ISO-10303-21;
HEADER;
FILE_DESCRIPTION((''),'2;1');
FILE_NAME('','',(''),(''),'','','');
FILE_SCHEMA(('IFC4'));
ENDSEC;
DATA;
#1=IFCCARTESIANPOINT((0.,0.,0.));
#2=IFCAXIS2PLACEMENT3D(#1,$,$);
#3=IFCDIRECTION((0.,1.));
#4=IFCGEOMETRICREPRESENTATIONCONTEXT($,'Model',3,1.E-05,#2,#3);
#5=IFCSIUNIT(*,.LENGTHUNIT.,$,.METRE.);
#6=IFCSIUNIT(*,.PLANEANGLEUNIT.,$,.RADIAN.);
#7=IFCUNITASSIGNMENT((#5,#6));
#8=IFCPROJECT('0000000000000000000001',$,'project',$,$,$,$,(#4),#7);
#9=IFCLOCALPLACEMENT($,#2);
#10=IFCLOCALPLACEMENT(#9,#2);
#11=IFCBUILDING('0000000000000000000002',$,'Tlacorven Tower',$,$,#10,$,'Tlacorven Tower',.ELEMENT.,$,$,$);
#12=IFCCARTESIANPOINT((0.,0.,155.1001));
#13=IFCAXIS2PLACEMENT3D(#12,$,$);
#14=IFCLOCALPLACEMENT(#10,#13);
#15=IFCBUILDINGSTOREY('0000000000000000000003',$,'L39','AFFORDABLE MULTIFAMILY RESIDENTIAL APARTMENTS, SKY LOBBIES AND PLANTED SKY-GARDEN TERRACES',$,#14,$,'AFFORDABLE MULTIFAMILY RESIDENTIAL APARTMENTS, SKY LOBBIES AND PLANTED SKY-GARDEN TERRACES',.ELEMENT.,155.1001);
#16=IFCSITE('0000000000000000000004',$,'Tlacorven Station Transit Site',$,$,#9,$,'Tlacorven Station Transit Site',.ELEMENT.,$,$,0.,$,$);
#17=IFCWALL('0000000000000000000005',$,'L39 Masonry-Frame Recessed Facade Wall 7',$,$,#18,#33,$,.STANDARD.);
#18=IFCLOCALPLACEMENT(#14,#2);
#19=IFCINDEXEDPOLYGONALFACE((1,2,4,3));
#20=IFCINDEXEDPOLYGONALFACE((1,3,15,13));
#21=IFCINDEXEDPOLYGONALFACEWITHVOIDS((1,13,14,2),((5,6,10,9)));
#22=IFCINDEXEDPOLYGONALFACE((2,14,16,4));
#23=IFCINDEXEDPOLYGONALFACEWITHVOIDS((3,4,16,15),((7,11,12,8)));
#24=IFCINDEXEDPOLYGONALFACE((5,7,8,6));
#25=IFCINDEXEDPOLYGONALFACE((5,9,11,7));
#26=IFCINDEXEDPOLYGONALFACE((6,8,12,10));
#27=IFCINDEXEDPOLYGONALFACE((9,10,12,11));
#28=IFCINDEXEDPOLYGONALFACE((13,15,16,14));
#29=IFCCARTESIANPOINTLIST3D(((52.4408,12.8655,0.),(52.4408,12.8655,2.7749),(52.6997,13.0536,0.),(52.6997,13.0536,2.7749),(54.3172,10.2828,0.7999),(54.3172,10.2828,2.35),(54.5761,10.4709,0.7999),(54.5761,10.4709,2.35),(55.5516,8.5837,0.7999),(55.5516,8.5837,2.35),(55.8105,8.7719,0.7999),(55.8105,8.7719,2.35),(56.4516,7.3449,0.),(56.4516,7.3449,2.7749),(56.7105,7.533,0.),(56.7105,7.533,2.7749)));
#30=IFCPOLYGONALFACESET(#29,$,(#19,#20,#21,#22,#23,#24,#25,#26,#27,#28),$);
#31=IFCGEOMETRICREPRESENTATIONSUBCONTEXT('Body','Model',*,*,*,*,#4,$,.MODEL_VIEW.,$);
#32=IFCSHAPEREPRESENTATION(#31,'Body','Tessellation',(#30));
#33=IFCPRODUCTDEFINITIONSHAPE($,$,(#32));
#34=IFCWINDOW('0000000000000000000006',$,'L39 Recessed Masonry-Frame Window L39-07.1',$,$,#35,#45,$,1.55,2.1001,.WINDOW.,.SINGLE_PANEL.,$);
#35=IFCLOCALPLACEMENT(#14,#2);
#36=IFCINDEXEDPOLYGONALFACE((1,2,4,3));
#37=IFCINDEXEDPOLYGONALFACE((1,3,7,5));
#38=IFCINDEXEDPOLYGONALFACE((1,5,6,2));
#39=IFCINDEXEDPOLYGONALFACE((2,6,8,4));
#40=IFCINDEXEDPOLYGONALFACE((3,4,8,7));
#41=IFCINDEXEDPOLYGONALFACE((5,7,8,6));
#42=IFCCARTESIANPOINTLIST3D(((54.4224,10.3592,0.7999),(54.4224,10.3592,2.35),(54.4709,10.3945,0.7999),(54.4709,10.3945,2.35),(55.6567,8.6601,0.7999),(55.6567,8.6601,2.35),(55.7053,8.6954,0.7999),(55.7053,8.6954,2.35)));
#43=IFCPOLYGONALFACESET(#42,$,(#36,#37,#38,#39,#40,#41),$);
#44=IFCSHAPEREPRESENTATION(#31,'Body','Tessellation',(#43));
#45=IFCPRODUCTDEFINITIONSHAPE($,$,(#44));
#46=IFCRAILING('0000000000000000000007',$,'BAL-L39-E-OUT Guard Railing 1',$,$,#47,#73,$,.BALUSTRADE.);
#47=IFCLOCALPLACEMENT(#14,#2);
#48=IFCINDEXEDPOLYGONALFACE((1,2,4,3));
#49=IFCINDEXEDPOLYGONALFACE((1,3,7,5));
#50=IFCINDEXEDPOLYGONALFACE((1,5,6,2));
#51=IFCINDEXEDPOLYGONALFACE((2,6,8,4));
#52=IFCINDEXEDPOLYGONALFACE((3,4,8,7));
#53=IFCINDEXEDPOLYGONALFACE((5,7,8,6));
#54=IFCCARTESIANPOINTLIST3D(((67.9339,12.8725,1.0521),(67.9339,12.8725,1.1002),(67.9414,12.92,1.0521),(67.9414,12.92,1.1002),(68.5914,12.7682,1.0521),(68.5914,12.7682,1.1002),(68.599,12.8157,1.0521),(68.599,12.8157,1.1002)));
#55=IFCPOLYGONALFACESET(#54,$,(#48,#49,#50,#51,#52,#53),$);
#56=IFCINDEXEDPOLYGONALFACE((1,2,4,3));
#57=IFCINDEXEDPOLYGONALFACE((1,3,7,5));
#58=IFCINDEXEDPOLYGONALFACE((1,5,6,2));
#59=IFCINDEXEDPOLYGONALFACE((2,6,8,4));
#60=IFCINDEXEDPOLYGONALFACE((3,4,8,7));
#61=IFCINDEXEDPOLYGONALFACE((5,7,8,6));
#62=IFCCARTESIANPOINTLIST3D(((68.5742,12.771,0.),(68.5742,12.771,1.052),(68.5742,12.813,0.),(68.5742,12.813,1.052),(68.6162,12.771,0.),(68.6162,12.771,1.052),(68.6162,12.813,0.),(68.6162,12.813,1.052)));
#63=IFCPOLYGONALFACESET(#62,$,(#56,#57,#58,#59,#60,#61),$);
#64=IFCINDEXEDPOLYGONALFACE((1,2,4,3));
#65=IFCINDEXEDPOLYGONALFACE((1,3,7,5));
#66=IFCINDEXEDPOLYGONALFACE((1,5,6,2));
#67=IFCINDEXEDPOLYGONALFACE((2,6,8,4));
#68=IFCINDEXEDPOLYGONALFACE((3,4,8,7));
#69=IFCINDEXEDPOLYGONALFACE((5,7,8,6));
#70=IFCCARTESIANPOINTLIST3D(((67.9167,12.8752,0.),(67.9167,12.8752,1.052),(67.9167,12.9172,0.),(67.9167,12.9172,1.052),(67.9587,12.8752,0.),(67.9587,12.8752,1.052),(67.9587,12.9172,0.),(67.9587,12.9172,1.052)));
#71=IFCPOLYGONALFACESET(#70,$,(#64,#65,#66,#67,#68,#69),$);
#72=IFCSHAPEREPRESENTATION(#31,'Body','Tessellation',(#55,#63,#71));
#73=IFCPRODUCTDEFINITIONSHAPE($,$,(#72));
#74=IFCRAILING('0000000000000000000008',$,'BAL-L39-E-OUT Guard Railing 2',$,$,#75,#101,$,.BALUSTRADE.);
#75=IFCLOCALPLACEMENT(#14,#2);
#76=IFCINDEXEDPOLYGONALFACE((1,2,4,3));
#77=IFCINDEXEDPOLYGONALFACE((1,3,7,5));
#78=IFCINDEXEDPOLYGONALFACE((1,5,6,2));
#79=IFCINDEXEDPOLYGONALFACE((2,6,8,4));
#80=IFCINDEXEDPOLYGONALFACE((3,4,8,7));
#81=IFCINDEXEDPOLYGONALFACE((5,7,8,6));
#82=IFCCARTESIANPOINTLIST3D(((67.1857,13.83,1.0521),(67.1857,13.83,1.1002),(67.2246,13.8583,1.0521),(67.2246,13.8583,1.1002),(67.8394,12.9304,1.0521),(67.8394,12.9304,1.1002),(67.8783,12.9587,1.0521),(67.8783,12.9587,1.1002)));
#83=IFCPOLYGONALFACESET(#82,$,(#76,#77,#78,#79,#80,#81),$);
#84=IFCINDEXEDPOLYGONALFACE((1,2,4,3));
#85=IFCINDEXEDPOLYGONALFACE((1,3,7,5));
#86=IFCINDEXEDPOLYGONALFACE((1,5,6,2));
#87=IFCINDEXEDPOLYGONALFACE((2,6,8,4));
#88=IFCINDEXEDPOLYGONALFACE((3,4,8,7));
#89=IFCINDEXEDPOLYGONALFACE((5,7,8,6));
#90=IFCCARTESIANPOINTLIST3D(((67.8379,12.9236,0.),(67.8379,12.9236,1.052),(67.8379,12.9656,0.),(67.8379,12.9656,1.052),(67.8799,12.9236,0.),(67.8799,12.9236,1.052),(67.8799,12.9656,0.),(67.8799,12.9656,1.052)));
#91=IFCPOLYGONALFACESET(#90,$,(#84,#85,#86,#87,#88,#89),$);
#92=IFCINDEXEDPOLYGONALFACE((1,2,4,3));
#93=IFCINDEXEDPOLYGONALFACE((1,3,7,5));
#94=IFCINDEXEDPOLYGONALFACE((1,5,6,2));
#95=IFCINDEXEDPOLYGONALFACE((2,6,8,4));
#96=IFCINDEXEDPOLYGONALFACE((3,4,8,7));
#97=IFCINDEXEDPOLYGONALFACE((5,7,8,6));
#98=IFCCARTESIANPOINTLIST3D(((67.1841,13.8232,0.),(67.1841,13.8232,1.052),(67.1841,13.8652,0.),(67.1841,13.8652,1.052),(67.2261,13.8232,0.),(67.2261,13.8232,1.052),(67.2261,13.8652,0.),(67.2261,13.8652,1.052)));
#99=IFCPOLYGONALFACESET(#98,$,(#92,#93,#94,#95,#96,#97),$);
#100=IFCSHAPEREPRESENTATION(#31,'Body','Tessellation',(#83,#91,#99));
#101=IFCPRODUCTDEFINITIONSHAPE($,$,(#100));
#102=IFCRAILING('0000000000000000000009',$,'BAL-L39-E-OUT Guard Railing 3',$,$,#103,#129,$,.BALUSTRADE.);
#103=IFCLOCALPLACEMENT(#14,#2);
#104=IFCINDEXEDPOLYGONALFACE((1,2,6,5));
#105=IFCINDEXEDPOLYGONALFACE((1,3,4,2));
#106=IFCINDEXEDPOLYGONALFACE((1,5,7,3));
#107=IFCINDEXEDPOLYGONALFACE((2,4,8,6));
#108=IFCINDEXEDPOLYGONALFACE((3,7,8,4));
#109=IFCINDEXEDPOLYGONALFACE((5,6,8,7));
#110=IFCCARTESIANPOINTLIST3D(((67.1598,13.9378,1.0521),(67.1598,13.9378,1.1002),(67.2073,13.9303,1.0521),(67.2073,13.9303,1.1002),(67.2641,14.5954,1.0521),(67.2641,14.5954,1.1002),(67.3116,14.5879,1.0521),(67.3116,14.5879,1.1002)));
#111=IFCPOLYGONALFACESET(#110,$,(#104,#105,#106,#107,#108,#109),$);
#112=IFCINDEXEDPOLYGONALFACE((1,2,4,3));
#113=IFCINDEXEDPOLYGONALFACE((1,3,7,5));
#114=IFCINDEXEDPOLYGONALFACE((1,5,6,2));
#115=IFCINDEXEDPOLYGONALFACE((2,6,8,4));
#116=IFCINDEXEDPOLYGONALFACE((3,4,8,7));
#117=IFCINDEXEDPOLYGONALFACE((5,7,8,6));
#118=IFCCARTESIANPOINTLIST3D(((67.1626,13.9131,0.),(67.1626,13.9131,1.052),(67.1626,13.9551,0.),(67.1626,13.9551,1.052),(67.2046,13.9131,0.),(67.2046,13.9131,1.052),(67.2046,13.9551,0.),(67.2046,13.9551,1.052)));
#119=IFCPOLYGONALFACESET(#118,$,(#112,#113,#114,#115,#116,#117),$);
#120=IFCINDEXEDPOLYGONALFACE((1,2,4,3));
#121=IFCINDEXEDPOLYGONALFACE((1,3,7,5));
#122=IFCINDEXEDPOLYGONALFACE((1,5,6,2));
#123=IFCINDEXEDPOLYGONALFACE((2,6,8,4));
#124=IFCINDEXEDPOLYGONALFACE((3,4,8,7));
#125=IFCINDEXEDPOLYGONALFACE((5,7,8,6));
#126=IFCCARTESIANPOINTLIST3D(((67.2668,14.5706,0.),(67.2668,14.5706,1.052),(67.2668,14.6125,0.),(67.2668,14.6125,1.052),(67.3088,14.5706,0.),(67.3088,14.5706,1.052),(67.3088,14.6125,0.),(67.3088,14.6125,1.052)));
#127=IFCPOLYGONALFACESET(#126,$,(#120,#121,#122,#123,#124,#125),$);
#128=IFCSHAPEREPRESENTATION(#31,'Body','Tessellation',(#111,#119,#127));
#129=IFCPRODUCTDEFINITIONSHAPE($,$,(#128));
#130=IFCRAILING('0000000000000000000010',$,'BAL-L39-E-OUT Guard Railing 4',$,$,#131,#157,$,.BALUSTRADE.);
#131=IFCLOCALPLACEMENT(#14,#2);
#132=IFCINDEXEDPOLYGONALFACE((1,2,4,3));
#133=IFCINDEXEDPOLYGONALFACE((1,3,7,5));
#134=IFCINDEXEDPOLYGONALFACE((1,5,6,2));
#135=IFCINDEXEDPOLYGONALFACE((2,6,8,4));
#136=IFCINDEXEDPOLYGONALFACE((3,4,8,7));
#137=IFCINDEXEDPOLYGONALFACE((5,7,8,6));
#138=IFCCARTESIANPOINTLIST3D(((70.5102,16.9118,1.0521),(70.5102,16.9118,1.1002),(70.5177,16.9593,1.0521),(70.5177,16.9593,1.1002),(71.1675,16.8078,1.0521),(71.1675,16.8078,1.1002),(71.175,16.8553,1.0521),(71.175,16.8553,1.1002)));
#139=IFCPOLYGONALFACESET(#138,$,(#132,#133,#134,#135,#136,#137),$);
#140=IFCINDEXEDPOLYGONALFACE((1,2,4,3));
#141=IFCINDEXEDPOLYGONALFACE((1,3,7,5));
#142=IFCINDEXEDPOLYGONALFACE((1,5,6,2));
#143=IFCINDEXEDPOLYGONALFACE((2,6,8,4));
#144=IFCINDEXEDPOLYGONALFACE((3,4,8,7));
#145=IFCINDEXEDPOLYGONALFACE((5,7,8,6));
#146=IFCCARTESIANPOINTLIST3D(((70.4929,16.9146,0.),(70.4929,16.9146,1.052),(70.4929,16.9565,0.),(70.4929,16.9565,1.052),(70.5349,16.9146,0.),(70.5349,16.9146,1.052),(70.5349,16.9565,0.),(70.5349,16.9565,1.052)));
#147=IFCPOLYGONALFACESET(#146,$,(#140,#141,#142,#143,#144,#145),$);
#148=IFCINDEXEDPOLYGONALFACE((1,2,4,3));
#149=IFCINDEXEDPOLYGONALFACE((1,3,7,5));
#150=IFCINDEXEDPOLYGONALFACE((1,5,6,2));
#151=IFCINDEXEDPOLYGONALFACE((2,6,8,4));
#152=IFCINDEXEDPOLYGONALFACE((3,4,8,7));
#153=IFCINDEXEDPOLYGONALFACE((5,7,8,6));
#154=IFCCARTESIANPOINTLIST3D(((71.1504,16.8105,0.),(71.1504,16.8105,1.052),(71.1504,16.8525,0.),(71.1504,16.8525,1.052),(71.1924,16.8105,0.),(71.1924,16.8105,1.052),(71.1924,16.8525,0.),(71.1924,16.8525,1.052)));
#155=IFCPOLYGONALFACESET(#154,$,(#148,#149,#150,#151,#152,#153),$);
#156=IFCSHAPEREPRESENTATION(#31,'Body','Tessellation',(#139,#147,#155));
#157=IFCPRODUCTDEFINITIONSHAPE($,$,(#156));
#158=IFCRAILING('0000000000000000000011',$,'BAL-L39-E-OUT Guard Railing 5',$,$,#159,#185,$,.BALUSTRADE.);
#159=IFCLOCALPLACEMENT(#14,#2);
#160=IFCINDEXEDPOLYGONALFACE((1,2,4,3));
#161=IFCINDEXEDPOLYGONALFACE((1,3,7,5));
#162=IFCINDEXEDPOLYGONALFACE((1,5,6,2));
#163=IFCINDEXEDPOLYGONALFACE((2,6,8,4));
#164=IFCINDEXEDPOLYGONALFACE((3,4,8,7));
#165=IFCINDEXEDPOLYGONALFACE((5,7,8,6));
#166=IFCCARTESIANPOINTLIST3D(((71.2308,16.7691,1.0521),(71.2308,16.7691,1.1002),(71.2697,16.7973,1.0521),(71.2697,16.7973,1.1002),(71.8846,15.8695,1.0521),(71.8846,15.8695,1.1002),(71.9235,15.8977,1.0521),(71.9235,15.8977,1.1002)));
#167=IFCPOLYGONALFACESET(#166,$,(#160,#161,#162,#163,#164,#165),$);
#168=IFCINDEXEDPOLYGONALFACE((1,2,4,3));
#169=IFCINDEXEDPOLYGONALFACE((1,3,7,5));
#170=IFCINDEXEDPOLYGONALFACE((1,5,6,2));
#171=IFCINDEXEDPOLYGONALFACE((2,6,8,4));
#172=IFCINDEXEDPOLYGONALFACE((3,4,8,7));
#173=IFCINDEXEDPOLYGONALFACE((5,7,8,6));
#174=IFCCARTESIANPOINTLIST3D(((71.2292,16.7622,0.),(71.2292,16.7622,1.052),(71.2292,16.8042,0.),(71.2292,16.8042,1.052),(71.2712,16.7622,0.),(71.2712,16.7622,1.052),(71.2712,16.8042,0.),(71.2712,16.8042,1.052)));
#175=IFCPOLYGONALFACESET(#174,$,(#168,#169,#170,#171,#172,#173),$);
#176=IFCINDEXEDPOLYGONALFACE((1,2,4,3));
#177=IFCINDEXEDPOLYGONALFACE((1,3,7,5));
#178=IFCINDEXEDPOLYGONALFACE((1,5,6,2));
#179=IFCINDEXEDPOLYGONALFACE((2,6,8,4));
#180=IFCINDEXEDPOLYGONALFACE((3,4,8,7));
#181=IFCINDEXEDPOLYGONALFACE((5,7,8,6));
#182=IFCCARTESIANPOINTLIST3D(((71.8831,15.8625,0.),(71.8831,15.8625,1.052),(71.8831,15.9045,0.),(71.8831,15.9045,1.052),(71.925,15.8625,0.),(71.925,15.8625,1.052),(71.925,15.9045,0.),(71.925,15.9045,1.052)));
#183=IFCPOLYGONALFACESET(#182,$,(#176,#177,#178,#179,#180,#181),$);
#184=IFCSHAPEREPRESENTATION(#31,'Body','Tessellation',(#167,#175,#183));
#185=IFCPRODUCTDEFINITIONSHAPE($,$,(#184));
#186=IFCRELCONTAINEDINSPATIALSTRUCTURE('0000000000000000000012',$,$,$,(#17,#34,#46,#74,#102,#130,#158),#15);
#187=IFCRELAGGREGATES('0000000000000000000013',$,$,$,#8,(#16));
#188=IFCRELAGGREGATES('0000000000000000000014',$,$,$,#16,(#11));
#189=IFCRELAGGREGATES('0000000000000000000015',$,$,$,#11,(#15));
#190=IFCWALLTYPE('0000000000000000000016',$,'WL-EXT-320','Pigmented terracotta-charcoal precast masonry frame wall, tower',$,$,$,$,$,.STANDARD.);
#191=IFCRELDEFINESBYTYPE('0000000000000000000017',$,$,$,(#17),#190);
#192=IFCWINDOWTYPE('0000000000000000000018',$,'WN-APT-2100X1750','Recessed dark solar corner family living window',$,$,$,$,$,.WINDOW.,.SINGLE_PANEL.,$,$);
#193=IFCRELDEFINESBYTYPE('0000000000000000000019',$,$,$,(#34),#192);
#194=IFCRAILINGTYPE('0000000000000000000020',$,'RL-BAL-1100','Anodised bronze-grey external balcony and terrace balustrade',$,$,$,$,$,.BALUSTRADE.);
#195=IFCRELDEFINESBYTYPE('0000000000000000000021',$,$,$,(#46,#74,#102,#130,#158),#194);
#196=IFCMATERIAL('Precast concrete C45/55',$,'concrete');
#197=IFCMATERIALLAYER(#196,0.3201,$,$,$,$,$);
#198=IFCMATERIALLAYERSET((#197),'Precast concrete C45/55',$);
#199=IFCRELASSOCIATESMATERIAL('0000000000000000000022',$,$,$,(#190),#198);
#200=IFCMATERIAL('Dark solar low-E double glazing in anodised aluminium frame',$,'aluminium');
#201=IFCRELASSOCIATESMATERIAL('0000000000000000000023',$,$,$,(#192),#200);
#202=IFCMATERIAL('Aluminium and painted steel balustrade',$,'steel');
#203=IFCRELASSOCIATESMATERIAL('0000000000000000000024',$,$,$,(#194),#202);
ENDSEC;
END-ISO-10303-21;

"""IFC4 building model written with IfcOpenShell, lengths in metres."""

from ifc_helpers import new_model, si_unit, direction, frame, frame_2d, origin, origin_2d, place, context, subcontext, project, spatial, rectangle, extrude, source, transform, mapped, material, layer, layer_set, type_object, element, fill, save


model = new_model("IFC4")

# Units and contexts
model_context = context("Model", 3, precision=1e-05, world=origin(), true_north=direction((0.0, 1.0)))
body_context = subcontext(model_context, "Body", "Model", "MODEL_VIEW")
ifc_project = project(units=[si_unit("LENGTHUNIT", "METRE"), si_unit("PLANEANGLEUNIT", "RADIAN")], contexts=[model_context])

# Site, building, storey
site_placement = place(None, origin())
site = spatial("IfcSite", under=ifc_project, at=site_placement, Name="Tlacorven Station Transit Site", LongName="Tlacorven Station Transit Site", CompositionType="ELEMENT", RefElevation=0.0)
building_placement = place(site_placement, origin())
building = spatial("IfcBuilding", under=site, at=building_placement, Name="Tlacorven Tower", LongName="Tlacorven Tower", CompositionType="ELEMENT")
storey_placement = place(building_placement, frame((0.0, 0.0, 155.1001)))
storey = spatial("IfcBuildingStorey", under=building, at=storey_placement, Name="L39", Description="AFFORDABLE MULTIFAMILY RESIDENTIAL APARTMENTS, SKY LOBBIES AND PLANTED SKY-GARDEN TERRACES", LongName="AFFORDABLE MULTIFAMILY RESIDENTIAL APARTMENTS, SKY LOBBIES AND PLANTED SKY-GARDEN TERRACES", CompositionType="ELEMENT", Elevation=155.1001)

# Shared definitions
ifc_material_1 = material(Name="Precast concrete C45/55", Category="concrete")
ifc_layer_1 = layer(ifc_material_1, 0.3201)
ifc_layer_set_1 = layer_set([ifc_layer_1], Name="Precast concrete C45/55")
wall_type_1 = type_object("IfcWallType", Name="WL-EXT-320", Description="Pigmented terracotta-charcoal precast masonry frame wall, tower", PredefinedType="STANDARD", material=ifc_layer_set_1)
ifc_material_2 = material(Name="Dark solar low-E double glazing in anodised aluminium frame", Category="aluminium")

# Wall, opening, window
wall_1_placement = place(storey_placement, frame((56.5811, 7.439, 0.0), z_axis=(0.0, 0.0, 1.0), x_axis=(-0.587772, 0.809027, 0.0)))
wall_1 = element("IfcWall", 1, at=wall_1_placement, inside=storey, type_object=wall_type_1, Name="L39 Masonry-Frame Recessed Facade Wall 7", PredefinedType="STANDARD", context=body_context, shape_type="SweptSolid", body=[
    extrude(rectangle(XDim=6.8237, YDim=0.3201, at=frame_2d((3.4119, 0.0))), origin(), (0.0, 0.0, 1.0), 2.7749),
])
opening_1_placement = place(wall_1_placement, frame((1.5312, 0.0, 0.8)))
opening_1 = element("IfcOpeningElement", 2, at=opening_1_placement, cuts=wall_1, PredefinedType="OPENING", context=body_context, shape_type="SweptSolid", body=[
    extrude(rectangle(XDim=2.1001, YDim=1.55, at=frame_2d((1.05, 0.7749))), frame((0.0, 0.1699, 0.0), z_axis=(0.0, -1.0, 0.0), x_axis=(1.0, 0.0, 0.0)), (0.0, 0.0, 1.0), 0.3401),
])
window_type_1 = type_object("IfcWindowType", Name="WN-APT-2100X1750", Description="Recessed dark solar corner family living window", PartitioningType="SINGLE_PANEL", PredefinedType="WINDOW", material=ifc_material_2)
shared_shape_1 = source(origin(), body_context, "Body", "SweptSolid", [
    extrude(rectangle(XDim=2.1001, YDim=1.55, at=frame_2d((1.05, 0.7749))), frame((0.0, 0.03, 0.0), z_axis=(0.0, -1.0, 0.0), x_axis=(1.0, 0.0, 0.0)), (0.0, 0.0, 1.0), 0.0601),
])
window_1_placement = place(opening_1_placement, origin())
window_1 = element("IfcWindow", 3, at=window_1_placement, inside=storey, type_object=window_type_1, Name="L39 Recessed Masonry-Frame Window L39-07.1", OverallHeight=1.55, OverallWidth=2.1001, PartitioningType="SINGLE_PANEL", PredefinedType="WINDOW", context=body_context, shape_type="MappedRepresentation", body=[
    mapped(shared_shape_1, transform((0.0, 0.0, 0.0), scale=1.0)),
])
fill(opening_1, window_1)

# Railings
ifc_material_3 = material(Name="Aluminium and painted steel balustrade", Category="steel")
railing_type_1 = type_object("IfcRailingType", Name="RL-BAL-1100", Description="Anodised bronze-grey external balcony and terrace balustrade", PredefinedType="BALUSTRADE", material=ifc_material_3)
shared_shape_2 = source(origin(), body_context, "Body", "SweptSolid", [
    extrude(rectangle(XDim=0.0481, YDim=0.0481, at=origin_2d()), frame((0.0, 0.0, 1.0762), z_axis=(-0.987662, 0.156603, 0.0), x_axis=(-0.156603, -0.987662, 0.0)), (0.0, 0.0, 1.0), 0.6658),
    extrude(rectangle(XDim=0.042, YDim=0.042, at=origin_2d()), origin(), (0.0, 0.0, 1.0), 1.052),
    extrude(rectangle(XDim=0.042, YDim=0.042, at=origin_2d()), frame((-0.6575, 0.1042, 0.0)), (0.0, 0.0, 1.0), 1.052),
])
railing_1_placement = place(storey_placement, frame((68.5952, 12.792, 0.0)))
element("IfcRailing", 4, at=railing_1_placement, inside=storey, type_object=railing_type_1, Name="BAL-L39-E-OUT Guard Railing 1", PredefinedType="BALUSTRADE", context=body_context, shape_type="MappedRepresentation", body=[
    mapped(shared_shape_2, transform((0.0, 0.0, 0.0), scale=1.0)),
])
shared_shape_3 = source(origin(), body_context, "Body", "SweptSolid", [
    extrude(rectangle(XDim=0.0481, YDim=0.0481, at=origin_2d()), frame((0.0, 0.0, 1.0762), z_axis=(-0.587884, 0.808945, 0.0), x_axis=(-0.808945, -0.587884, 0.0)), (0.0, 0.0, 1.0), 1.1121),
    extrude(rectangle(XDim=0.042, YDim=0.042, at=origin_2d()), origin(), (0.0, 0.0, 1.0), 1.052),
    extrude(rectangle(XDim=0.042, YDim=0.042, at=origin_2d()), frame((-0.6538, 0.8997, 0.0)), (0.0, 0.0, 1.0), 1.052),
])
railing_2_placement = place(storey_placement, frame((67.8589, 12.9446, 0.0)))
element("IfcRailing", 5, at=railing_2_placement, inside=storey, type_object=railing_type_1, Name="BAL-L39-E-OUT Guard Railing 2", PredefinedType="BALUSTRADE", context=body_context, shape_type="MappedRepresentation", body=[
    mapped(shared_shape_3, transform((0.0, 0.0, 0.0), scale=1.0)),
])
shared_shape_4 = source(origin(), body_context, "Body", "SweptSolid", [
    extrude(rectangle(XDim=0.0481, YDim=0.0481, at=origin_2d()), frame((0.0, 0.0, 1.0762), z_axis=(0.156603, 0.987662, 0.0), x_axis=(-0.987662, 0.156603, 0.0)), (0.0, 0.0, 1.0), 0.6658),
    extrude(rectangle(XDim=0.042, YDim=0.042, at=origin_2d()), origin(), (0.0, 0.0, 1.0), 1.052),
    extrude(rectangle(XDim=0.042, YDim=0.042, at=origin_2d()), frame((0.1042, 0.6575, 0.0)), (0.0, 0.0, 1.0), 1.052),
])
railing_3_placement = place(storey_placement, frame((67.1836, 13.9341, 0.0)))
element("IfcRailing", 6, at=railing_3_placement, inside=storey, type_object=railing_type_1, Name="BAL-L39-E-OUT Guard Railing 3", PredefinedType="BALUSTRADE", context=body_context, shape_type="MappedRepresentation", body=[
    mapped(shared_shape_4, transform((0.0, 0.0, 0.0), scale=1.0)),
])
shared_shape_5 = source(origin(), body_context, "Body", "SweptSolid", [
    extrude(rectangle(XDim=0.0481, YDim=0.0481, at=origin_2d()), frame((0.0, 0.0, 1.0762), z_axis=(0.987718, -0.156245, 0.0), x_axis=(0.156245, 0.987718, 0.0)), (0.0, 0.0, 1.0), 0.6655),
    extrude(rectangle(XDim=0.042, YDim=0.042, at=origin_2d()), origin(), (0.0, 0.0, 1.0), 1.052),
    extrude(rectangle(XDim=0.042, YDim=0.042, at=origin_2d()), frame((0.6575, -0.104, 0.0)), (0.0, 0.0, 1.0), 1.052),
])
railing_4_placement = place(storey_placement, frame((70.5139, 16.9355, 0.0)))
element("IfcRailing", 7, at=railing_4_placement, inside=storey, type_object=railing_type_1, Name="BAL-L39-E-OUT Guard Railing 4", PredefinedType="BALUSTRADE", context=body_context, shape_type="MappedRepresentation", body=[
    mapped(shared_shape_5, transform((0.0, 0.0, 0.0), scale=1.0)),
])
shared_shape_6 = source(origin(), body_context, "Body", "SweptSolid", [
    extrude(rectangle(XDim=0.0481, YDim=0.0481, at=origin_2d()), frame((0.0, 0.0, 1.0762), z_axis=(0.587884, -0.808945, 0.0), x_axis=(0.808945, 0.587884, 0.0)), (0.0, 0.0, 1.0), 1.1121),
    extrude(rectangle(XDim=0.042, YDim=0.042, at=origin_2d()), origin(), (0.0, 0.0, 1.0), 1.052),
    extrude(rectangle(XDim=0.042, YDim=0.042, at=origin_2d()), frame((0.6538, -0.8997, 0.0)), (0.0, 0.0, 1.0), 1.052),
])
railing_5_placement = place(storey_placement, frame((71.2502, 16.7832, 0.0)))
element("IfcRailing", 8, at=railing_5_placement, inside=storey, type_object=railing_type_1, Name="BAL-L39-E-OUT Guard Railing 5", PredefinedType="BALUSTRADE", context=body_context, shape_type="MappedRepresentation", body=[
    mapped(shared_shape_6, transform((0.0, 0.0, 0.0), scale=1.0)),
])

save(model, "model.ifc")
